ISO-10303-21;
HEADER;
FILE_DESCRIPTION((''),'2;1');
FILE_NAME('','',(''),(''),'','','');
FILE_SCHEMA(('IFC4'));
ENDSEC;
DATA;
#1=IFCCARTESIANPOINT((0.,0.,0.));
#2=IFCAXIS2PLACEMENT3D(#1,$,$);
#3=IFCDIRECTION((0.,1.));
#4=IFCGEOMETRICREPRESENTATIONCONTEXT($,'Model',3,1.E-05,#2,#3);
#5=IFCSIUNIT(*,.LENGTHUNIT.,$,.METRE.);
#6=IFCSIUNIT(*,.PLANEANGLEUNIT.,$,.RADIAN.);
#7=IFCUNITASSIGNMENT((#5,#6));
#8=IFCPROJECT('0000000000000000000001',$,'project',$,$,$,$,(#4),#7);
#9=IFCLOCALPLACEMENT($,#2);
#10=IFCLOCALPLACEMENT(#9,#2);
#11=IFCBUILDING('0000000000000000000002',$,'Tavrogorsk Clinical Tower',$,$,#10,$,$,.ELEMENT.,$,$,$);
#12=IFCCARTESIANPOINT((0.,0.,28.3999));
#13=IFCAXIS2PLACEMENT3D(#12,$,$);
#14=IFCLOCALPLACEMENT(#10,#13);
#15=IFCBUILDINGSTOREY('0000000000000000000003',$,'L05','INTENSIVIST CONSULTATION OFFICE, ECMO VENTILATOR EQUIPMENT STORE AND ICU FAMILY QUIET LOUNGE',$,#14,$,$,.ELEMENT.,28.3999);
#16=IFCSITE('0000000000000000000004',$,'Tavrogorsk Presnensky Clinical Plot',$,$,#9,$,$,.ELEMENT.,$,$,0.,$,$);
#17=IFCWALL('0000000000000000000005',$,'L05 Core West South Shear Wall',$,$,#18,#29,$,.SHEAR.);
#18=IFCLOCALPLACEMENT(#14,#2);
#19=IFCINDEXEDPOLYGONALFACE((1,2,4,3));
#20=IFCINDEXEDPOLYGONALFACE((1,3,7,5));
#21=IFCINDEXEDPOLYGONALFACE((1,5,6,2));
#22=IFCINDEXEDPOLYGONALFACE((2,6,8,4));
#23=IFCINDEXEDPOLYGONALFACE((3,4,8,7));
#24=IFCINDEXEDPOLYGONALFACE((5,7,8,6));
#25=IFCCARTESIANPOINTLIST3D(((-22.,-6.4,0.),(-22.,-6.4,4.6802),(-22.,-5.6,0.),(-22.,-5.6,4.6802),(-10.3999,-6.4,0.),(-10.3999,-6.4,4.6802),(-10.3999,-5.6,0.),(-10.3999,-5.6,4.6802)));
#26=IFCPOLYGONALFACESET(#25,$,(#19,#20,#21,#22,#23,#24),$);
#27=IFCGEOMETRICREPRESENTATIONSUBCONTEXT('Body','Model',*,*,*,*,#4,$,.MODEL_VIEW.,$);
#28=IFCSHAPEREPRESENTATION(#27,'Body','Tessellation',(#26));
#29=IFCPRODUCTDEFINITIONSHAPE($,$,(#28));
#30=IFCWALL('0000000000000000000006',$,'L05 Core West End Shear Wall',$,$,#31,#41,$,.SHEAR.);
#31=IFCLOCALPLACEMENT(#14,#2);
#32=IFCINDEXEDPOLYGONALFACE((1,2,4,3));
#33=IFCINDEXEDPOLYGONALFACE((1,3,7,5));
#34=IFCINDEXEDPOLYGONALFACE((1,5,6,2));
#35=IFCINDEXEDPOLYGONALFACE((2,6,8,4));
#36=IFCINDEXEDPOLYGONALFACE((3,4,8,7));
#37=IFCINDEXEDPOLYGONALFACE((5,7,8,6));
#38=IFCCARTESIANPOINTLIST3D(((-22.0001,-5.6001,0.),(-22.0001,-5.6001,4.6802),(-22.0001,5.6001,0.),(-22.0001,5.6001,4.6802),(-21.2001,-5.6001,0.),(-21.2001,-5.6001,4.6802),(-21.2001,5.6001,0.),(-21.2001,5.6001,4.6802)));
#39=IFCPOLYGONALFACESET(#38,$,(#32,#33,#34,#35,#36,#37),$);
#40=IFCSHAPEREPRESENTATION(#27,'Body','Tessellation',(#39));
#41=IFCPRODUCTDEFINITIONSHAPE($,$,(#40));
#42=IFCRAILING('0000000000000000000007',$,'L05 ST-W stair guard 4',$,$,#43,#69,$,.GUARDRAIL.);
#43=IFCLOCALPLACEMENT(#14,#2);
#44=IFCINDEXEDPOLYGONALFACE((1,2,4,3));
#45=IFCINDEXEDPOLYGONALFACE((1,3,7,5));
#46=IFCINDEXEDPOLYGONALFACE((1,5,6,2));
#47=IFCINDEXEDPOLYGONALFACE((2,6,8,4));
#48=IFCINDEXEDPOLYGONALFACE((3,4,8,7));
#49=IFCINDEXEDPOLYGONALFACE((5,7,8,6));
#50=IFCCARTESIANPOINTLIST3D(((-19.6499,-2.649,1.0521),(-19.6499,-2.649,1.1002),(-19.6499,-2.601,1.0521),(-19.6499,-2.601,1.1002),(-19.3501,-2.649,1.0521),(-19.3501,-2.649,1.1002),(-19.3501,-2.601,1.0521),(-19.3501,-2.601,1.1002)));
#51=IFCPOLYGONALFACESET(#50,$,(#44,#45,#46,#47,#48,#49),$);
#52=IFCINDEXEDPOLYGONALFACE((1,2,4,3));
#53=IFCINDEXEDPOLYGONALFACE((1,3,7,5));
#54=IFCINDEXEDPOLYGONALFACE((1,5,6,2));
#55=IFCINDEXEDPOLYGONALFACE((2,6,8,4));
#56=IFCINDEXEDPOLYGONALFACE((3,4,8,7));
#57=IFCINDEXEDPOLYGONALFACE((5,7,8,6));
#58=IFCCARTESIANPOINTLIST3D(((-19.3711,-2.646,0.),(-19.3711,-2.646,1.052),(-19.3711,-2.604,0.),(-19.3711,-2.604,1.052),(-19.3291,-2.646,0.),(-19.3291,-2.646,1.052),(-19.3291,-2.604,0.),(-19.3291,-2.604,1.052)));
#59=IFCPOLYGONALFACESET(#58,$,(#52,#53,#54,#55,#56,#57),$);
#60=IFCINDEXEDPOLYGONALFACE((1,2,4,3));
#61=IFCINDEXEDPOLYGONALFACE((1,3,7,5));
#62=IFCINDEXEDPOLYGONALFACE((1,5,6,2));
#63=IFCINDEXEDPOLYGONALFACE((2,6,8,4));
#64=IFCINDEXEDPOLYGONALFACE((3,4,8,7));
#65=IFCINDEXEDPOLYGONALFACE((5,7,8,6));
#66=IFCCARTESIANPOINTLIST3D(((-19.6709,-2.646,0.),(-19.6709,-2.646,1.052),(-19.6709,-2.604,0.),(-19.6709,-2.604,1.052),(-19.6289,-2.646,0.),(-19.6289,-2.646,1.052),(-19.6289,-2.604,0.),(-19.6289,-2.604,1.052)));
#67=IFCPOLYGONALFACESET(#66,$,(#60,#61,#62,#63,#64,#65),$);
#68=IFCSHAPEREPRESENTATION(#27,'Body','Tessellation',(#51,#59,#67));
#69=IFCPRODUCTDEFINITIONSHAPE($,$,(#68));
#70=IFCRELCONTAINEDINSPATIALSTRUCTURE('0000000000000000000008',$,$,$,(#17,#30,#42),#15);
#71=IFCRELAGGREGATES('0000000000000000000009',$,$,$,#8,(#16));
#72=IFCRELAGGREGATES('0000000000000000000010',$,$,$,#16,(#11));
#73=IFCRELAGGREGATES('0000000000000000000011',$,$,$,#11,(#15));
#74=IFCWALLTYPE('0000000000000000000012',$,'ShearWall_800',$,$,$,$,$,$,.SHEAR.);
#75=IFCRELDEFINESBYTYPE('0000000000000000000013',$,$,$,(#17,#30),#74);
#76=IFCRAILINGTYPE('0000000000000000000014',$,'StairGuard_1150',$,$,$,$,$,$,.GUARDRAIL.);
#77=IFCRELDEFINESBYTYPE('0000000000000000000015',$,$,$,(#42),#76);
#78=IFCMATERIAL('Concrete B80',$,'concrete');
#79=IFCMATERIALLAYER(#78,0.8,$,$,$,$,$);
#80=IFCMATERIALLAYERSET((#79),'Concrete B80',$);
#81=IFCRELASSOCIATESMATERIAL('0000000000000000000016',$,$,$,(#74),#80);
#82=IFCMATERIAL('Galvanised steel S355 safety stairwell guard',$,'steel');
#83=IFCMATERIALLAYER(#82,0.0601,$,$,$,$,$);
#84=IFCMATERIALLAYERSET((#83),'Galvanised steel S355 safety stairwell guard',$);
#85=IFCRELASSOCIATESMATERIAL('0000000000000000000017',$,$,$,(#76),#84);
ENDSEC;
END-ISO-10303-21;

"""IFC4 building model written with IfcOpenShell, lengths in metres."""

from ifc_helpers import new_model, si_unit, direction, frame, frame_2d, origin, origin_2d, place, context, subcontext, project, spatial, rectangle, extrude, material, layer, layer_set, type_object, element, save


model = new_model("IFC4")

# Units and contexts
model_context = context("Model", 3, precision=1e-05, world=origin(), true_north=direction((0.0, 1.0)))
body_context = subcontext(model_context, "Body", "Model", "MODEL_VIEW")
ifc_project = project(units=[si_unit("LENGTHUNIT", "METRE"), si_unit("PLANEANGLEUNIT", "RADIAN")], contexts=[model_context])

# Site, building, storey
site_placement = place(None, origin())
site = spatial("IfcSite", under=ifc_project, at=site_placement, Name="Tavrogorsk Presnensky Clinical Plot", CompositionType="ELEMENT", RefElevation=0.0)
building_placement = place(site_placement, origin())
building = spatial("IfcBuilding", under=site, at=building_placement, Name="Tavrogorsk Clinical Tower", CompositionType="ELEMENT")
storey_placement = place(building_placement, frame((0.0, 0.0, 28.3999)))
storey = spatial("IfcBuildingStorey", under=building, at=storey_placement, Name="L05", Description="INTENSIVIST CONSULTATION OFFICE, ECMO VENTILATOR EQUIPMENT STORE AND ICU FAMILY QUIET LOUNGE", CompositionType="ELEMENT", Elevation=28.3999)

# Walls
ifc_material_1 = material(Name="Concrete B80", Category="concrete")
ifc_layer_1 = layer(ifc_material_1, 0.8)
ifc_layer_set_1 = layer_set([ifc_layer_1], Name="Concrete B80")
wall_type_1 = type_object("IfcWallType", Name="ShearWall_800", PredefinedType="SHEAR", material=ifc_layer_set_1)
wall_1_placement = place(storey_placement, frame((-22.0, -6.0, 0.0), z_axis=(0.0, 0.0, 1.0), x_axis=(1.0, 0.0, 0.0)))
element("IfcWall", 1, at=wall_1_placement, inside=storey, type_object=wall_type_1, Name="L05 Core West South Shear Wall", PredefinedType="SHEAR", context=body_context, shape_type="SweptSolid", body=[
    extrude(rectangle(XDim=11.6001, YDim=0.8, at=frame_2d((5.8, 0.0))), origin(), (0.0, 0.0, 1.0), 4.6802),
])
wall_2_placement = place(storey_placement, frame((-21.6001, -5.6001, 0.0), z_axis=(0.0, 0.0, 1.0), x_axis=(0.0, 1.0, 0.0)))
element("IfcWall", 2, at=wall_2_placement, inside=storey, type_object=wall_type_1, Name="L05 Core West End Shear Wall", PredefinedType="SHEAR", context=body_context, shape_type="SweptSolid", body=[
    extrude(rectangle(XDim=11.2002, YDim=0.8, at=frame_2d((5.6001, 0.0))), origin(), (0.0, 0.0, 1.0), 4.6802),
])

# Railing
ifc_material_2 = material(Name="Galvanised steel S355 safety stairwell guard", Category="steel")
ifc_layer_2 = layer(ifc_material_2, 0.0601)
ifc_layer_set_2 = layer_set([ifc_layer_2], Name="Galvanised steel S355 safety stairwell guard")
railing_type = type_object("IfcRailingType", Name="StairGuard_1150", PredefinedType="GUARDRAIL", material=ifc_layer_set_2)
railing_placement = place(storey_placement, frame((-19.3501, -2.625, 0.0)))
element("IfcRailing", 3, at=railing_placement, inside=storey, type_object=railing_type, Name="L05 ST-W stair guard 4", PredefinedType="GUARDRAIL", context=body_context, shape_type="SweptSolid", body=[
    extrude(rectangle(XDim=0.0481, YDim=0.0481, at=origin_2d()), frame((0.0, 0.0, 1.0762), z_axis=(-1.0, 0.0, 0.0), x_axis=(0.0, -1.0, 0.0)), (0.0, 0.0, 1.0), 0.2998),
    extrude(rectangle(XDim=0.042, YDim=0.042, at=origin_2d()), origin(), (0.0, 0.0, 1.0), 1.052),
    extrude(rectangle(XDim=0.042, YDim=0.042, at=origin_2d()), frame((-0.2998, 0.0, 0.0)), (0.0, 0.0, 1.0), 1.052),
])

save(model, "model.ifc")
